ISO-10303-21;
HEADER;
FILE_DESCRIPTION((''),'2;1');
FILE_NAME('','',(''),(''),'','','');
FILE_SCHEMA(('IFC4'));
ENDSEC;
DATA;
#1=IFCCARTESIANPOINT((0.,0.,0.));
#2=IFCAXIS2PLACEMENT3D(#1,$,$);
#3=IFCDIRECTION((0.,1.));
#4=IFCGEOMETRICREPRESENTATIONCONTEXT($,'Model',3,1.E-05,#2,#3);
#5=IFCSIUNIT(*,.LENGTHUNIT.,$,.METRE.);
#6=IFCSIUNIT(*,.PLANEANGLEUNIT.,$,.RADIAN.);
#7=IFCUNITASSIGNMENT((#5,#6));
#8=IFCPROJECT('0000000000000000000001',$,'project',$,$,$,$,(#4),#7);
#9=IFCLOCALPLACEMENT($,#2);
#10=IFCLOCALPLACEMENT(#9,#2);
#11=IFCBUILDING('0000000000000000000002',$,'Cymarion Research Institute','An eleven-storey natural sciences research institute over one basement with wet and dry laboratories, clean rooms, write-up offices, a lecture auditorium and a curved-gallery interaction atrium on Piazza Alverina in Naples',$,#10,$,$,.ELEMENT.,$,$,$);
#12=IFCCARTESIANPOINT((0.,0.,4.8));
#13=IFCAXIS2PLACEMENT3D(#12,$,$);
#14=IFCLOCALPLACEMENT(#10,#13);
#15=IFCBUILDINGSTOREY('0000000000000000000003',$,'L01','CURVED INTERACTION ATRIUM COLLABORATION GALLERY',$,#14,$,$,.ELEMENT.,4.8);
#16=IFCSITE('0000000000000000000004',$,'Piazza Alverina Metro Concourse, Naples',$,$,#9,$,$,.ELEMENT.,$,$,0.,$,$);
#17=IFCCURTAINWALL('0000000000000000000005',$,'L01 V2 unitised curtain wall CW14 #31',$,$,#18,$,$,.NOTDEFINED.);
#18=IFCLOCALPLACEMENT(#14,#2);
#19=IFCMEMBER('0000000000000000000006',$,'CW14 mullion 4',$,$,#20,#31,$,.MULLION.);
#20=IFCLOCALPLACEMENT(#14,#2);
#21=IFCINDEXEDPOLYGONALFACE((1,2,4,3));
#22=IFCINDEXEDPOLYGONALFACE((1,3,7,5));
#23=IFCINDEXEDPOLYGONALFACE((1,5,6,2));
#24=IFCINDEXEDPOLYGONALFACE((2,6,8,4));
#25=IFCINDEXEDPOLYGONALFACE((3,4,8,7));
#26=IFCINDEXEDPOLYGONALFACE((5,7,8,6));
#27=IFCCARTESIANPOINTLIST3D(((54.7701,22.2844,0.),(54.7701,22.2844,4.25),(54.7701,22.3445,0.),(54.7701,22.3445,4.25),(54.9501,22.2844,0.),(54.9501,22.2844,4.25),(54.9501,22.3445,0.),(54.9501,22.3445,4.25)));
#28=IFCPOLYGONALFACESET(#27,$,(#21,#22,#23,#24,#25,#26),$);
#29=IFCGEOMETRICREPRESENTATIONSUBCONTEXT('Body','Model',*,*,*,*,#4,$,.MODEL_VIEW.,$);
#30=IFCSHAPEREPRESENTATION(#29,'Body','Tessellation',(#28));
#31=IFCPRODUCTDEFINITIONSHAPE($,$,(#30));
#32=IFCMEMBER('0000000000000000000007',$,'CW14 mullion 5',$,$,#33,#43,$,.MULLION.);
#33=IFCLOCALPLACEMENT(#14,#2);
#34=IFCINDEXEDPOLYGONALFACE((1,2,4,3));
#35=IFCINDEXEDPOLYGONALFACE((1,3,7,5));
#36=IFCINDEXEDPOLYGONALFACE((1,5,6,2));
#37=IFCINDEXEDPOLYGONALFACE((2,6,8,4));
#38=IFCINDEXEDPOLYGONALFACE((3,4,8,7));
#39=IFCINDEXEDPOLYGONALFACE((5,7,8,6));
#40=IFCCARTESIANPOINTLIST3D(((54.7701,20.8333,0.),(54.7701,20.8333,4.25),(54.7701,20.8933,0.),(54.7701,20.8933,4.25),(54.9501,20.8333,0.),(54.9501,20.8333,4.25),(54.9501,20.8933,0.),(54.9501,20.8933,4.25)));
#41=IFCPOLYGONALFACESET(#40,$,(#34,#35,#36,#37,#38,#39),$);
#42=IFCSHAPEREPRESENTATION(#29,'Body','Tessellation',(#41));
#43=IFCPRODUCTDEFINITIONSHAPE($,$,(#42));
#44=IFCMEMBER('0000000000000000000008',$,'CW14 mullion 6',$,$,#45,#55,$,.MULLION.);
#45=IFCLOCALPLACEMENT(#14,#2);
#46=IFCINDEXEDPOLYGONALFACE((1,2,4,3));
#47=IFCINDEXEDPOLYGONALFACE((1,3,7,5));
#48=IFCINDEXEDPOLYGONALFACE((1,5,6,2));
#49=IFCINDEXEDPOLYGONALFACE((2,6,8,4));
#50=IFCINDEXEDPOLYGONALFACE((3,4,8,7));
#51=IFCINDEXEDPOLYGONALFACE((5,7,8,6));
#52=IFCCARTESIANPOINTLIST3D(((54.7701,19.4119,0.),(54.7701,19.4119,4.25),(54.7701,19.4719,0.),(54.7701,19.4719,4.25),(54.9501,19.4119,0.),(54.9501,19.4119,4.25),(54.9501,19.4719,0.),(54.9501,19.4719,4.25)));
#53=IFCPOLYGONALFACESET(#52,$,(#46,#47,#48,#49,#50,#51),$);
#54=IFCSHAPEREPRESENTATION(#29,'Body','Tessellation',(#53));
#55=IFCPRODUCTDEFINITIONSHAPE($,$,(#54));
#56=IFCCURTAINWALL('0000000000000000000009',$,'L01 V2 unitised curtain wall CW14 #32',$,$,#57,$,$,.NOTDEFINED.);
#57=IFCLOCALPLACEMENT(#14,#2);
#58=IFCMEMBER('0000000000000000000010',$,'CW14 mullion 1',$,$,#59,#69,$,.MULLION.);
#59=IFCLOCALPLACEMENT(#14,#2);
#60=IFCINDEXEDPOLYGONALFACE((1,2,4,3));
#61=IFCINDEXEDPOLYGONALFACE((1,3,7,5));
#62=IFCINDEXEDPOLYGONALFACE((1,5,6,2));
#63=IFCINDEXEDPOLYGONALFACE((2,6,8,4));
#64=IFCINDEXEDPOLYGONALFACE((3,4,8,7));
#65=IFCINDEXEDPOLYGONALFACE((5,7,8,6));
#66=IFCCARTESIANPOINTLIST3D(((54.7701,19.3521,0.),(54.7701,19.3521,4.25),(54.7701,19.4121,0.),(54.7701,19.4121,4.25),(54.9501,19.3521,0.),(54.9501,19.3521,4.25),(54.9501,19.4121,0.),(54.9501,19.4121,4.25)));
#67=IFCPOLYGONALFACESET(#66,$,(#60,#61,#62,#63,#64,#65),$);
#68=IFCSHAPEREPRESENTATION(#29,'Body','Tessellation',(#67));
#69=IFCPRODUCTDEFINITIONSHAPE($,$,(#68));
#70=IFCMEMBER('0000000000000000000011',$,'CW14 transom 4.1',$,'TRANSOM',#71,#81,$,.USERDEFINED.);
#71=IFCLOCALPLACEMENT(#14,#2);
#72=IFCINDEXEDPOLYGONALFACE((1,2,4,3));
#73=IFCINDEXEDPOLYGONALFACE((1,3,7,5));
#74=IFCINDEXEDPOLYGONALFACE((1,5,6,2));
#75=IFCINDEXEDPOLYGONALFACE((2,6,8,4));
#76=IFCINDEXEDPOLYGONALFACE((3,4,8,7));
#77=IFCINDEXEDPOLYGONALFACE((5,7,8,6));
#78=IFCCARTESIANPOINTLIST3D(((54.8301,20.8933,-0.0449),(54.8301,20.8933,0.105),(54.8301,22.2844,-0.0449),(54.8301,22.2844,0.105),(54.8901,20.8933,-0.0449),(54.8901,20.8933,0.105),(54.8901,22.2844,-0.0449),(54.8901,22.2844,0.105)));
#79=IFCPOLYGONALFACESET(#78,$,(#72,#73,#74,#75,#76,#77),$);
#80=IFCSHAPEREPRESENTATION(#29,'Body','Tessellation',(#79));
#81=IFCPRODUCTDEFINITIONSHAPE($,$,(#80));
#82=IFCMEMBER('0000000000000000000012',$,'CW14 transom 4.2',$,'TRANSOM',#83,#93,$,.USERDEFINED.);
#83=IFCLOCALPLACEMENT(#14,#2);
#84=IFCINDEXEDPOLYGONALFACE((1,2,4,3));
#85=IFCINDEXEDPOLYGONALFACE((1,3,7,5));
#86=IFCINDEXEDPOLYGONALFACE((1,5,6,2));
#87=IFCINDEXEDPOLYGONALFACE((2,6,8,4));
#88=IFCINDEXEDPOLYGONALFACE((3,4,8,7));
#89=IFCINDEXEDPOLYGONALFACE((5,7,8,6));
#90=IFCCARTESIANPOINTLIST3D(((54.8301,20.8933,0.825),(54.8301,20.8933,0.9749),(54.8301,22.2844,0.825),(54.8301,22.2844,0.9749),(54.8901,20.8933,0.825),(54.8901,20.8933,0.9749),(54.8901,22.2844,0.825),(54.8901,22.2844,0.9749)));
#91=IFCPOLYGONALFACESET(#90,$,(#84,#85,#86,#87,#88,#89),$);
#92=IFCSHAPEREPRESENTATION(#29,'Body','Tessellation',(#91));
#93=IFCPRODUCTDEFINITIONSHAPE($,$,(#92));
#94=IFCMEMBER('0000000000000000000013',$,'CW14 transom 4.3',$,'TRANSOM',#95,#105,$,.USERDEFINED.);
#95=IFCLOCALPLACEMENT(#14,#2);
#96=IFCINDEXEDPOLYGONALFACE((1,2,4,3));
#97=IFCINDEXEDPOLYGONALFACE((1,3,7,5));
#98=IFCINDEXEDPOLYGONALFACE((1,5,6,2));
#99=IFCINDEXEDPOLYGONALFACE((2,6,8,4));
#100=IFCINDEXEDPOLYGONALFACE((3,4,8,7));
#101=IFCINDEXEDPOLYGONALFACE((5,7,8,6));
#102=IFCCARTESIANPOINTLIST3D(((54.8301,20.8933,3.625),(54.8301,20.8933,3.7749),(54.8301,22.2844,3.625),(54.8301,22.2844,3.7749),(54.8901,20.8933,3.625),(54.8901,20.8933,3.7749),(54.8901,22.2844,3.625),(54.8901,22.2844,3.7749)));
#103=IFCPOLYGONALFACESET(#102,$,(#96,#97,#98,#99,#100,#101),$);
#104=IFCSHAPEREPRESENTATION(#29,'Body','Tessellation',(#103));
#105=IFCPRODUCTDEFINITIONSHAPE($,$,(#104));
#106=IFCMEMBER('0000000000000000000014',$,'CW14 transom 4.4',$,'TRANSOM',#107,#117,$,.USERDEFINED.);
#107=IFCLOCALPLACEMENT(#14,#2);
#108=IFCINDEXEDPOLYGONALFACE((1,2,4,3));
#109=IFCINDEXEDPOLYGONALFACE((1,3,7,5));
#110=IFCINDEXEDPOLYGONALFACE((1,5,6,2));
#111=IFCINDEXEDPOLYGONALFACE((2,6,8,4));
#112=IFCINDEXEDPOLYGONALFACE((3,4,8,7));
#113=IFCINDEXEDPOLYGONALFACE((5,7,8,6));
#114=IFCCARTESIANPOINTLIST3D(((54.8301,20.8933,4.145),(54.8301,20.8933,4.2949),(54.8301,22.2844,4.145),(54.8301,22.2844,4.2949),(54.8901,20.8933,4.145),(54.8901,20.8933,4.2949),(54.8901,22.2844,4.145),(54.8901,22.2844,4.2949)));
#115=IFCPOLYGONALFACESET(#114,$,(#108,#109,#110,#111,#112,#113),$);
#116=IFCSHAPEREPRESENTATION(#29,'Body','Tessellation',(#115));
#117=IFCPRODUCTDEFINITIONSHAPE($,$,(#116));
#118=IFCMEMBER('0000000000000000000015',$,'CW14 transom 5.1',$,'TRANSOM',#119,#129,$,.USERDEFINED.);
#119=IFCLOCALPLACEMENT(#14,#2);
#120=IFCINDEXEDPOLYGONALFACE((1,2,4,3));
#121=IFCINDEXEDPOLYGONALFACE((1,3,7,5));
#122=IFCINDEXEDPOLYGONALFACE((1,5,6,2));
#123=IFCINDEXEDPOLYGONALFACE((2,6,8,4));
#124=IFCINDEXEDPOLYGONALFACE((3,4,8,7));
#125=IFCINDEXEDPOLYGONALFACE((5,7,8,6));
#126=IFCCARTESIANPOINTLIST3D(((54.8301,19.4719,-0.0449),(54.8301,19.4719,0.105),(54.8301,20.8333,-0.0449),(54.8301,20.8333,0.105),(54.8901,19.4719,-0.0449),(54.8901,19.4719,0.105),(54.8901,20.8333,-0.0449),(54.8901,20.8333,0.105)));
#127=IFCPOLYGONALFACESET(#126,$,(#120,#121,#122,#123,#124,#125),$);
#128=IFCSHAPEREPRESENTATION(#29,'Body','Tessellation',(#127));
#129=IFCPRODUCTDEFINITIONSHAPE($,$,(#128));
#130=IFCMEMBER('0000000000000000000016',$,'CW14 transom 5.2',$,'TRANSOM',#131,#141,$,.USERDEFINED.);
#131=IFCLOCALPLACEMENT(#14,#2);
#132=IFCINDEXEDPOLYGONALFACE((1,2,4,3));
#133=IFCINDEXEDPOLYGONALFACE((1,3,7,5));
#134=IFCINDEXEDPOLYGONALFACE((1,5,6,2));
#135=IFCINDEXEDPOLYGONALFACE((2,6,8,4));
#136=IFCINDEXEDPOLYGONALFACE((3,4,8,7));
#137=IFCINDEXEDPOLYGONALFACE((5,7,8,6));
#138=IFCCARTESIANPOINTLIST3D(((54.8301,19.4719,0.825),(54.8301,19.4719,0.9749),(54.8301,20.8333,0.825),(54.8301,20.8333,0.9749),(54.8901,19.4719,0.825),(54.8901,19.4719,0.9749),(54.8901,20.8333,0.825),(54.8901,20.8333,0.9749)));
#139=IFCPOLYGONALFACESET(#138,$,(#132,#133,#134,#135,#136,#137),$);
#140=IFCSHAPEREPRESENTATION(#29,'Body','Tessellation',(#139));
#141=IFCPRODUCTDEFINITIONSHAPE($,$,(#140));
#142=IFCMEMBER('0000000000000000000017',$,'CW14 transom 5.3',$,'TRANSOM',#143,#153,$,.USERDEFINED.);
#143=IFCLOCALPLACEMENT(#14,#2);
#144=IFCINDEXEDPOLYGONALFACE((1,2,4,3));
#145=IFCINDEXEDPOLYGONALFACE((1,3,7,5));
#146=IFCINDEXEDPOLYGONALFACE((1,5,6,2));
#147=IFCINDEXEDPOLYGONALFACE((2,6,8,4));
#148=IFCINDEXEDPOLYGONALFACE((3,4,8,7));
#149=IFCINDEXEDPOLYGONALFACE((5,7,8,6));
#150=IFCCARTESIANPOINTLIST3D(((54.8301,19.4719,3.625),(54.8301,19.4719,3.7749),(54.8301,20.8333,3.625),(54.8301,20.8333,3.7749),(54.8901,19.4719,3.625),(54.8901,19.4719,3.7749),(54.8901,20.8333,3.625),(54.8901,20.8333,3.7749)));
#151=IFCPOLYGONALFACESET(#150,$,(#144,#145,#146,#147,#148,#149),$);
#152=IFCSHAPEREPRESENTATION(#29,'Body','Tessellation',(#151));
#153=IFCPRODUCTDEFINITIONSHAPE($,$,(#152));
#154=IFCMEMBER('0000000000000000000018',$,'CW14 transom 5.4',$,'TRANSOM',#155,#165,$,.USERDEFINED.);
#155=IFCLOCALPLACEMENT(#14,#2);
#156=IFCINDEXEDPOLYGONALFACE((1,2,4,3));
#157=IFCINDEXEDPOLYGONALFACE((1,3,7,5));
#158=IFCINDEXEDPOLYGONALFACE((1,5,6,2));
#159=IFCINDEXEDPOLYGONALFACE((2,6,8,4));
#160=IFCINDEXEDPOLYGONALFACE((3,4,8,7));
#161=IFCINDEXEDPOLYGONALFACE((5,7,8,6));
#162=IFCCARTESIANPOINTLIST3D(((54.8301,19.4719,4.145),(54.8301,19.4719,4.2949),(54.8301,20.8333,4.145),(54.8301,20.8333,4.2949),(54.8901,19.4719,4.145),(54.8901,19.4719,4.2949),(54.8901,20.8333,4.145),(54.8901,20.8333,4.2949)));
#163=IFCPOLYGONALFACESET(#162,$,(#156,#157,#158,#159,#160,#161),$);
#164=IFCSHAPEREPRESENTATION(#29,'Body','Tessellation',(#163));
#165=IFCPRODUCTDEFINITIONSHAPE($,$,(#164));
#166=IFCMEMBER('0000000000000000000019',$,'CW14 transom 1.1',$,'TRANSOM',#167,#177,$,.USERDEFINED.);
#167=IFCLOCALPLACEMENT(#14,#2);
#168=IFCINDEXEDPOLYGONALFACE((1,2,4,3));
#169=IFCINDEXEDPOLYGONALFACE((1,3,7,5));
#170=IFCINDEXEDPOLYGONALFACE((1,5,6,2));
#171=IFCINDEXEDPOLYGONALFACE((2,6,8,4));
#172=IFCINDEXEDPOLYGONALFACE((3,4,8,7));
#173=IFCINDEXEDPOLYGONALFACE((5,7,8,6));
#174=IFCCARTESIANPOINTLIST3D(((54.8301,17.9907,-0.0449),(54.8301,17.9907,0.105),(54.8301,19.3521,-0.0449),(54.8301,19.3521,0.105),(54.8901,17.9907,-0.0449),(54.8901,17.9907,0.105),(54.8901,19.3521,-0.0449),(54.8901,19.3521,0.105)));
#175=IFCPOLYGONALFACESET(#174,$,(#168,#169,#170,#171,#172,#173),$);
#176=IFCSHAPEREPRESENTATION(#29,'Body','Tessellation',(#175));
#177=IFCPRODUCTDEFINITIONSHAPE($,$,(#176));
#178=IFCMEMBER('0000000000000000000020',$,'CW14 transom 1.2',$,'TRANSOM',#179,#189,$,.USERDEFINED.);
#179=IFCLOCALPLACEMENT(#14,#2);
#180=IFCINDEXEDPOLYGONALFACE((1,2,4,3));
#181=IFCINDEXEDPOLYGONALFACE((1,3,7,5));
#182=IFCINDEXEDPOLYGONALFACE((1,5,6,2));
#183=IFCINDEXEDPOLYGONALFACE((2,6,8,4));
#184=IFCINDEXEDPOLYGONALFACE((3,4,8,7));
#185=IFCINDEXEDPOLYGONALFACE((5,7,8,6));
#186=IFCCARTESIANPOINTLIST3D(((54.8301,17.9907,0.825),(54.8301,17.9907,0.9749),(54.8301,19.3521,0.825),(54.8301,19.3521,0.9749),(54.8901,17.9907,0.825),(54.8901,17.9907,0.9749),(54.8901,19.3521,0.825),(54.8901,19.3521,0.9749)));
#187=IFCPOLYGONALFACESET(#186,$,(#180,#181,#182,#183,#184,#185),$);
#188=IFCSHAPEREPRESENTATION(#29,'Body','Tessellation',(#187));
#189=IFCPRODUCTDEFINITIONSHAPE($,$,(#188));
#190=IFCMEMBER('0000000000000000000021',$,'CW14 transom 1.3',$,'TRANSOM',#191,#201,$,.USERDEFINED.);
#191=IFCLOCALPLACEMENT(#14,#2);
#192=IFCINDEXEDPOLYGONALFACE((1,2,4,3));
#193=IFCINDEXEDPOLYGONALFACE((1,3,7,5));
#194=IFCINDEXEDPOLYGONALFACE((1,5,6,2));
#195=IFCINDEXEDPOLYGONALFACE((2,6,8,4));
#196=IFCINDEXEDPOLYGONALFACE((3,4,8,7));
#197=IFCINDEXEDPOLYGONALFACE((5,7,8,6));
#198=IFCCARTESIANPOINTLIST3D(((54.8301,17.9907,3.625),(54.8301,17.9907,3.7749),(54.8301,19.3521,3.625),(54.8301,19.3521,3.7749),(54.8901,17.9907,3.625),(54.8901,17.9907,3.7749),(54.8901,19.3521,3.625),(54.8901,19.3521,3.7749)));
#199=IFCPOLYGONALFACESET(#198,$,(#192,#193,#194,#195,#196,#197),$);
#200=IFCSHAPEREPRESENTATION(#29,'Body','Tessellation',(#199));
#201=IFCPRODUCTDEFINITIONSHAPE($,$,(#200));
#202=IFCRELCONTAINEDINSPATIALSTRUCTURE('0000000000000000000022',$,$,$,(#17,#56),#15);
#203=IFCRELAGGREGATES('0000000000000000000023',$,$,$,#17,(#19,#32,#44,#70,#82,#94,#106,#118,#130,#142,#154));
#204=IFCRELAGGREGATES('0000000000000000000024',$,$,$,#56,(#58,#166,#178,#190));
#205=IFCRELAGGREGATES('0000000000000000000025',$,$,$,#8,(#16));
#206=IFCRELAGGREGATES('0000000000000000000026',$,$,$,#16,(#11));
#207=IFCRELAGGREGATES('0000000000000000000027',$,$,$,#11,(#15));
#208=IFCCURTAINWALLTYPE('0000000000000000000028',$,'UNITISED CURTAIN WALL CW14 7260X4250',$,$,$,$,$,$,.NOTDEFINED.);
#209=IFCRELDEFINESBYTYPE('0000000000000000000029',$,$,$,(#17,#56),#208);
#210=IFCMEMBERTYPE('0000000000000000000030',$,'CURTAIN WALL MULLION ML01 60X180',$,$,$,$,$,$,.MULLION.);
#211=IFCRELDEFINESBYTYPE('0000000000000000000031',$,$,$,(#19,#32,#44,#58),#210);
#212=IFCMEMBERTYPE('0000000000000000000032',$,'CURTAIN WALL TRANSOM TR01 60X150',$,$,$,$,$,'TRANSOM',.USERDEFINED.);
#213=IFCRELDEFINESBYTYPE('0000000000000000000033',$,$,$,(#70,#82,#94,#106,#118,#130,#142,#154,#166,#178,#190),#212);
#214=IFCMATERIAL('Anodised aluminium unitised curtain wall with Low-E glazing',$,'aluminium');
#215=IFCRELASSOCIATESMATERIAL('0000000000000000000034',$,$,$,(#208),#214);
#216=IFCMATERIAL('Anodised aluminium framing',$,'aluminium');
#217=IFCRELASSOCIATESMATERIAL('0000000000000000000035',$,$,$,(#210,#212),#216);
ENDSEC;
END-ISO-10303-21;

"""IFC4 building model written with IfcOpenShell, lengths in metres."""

from ifc_helpers import new_model, si_unit, direction, frame, origin, origin_2d, place, context, subcontext, project, spatial, rectangle, extrude, material, material_profile, profile_set, type_object, element, aggregate, save


model = new_model("IFC4")

# Units and contexts
model_context = context("Model", 3, precision=1e-05, world=origin(), true_north=direction((0.0, 1.0)))
body_context = subcontext(model_context, "Body", "Model", "MODEL_VIEW")
ifc_project = project(units=[si_unit("LENGTHUNIT", "METRE"), si_unit("PLANEANGLEUNIT", "RADIAN")], contexts=[model_context])

# Site, building, storey
site_placement = place(None, origin())
site = spatial("IfcSite", under=ifc_project, at=site_placement, Name="Piazza Alverina Metro Concourse, Naples", CompositionType="ELEMENT", RefElevation=0.0)
building_placement = place(site_placement, origin())
building = spatial("IfcBuilding", under=site, at=building_placement, Name="Cymarion Research Institute", Description="An eleven-storey natural sciences research institute over one basement with wet and dry laboratories, clean rooms, write-up offices, a lecture auditorium and a curved-gallery interaction atrium on Piazza Alverina in Naples", CompositionType="ELEMENT")
storey_placement = place(building_placement, frame((0.0, 0.0, 4.8)))
storey = spatial("IfcBuildingStorey", under=building, at=storey_placement, Name="L01", Description="CURVED INTERACTION ATRIUM COLLABORATION GALLERY", CompositionType="ELEMENT", Elevation=4.8)

# Curtain wall, members
ifc_material_1 = material(Name="Anodised aluminium unitised curtain wall with Low-E glazing", Category="aluminium")
curtain_wall_type = type_object("IfcCurtainWallType", Name="UNITISED CURTAIN WALL CW14 7260X4250", PredefinedType="NOTDEFINED", material=ifc_material_1)
curtain_wall_1_placement = place(storey_placement, origin())
curtain_wall_1 = element("IfcCurtainWall", 1, at=curtain_wall_1_placement, inside=storey, type_object=curtain_wall_type, Name="L01 V2 unitised curtain wall CW14 #31", PredefinedType="NOTDEFINED")
ifc_material_2 = material(Name="Anodised aluminium framing", Category="aluminium")
ifc_material_profile_1 = material_profile(ifc_material_2, rectangle(XDim=0.0601, YDim=0.1799, at=origin_2d()), Name="ALU MULLION 60x180")
ifc_profile_set_1 = profile_set([ifc_material_profile_1], Name="Anodised aluminium framing")
member_type_1 = type_object("IfcMemberType", Name="CURTAIN WALL MULLION ML01 60X180", PredefinedType="MULLION", material=ifc_profile_set_1)
member_1_placement = place(storey_placement, frame((54.8601, 22.3145, 0.0), z_axis=(0.0, 0.0, 1.0), x_axis=(0.0, -1.0, 0.0)))
member_1 = element("IfcMember", 2, at=member_1_placement, type_object=member_type_1, Name="CW14 mullion 4", PredefinedType="MULLION", context=body_context, shape_type="SweptSolid", body=[
    extrude(rectangle(XDim=0.0601, YDim=0.1799, at=origin_2d()), origin(), (0.0, 0.0, 1.0), 4.25),
])
member_2_placement = place(storey_placement, frame((54.8601, 20.8633, 0.0), z_axis=(0.0, 0.0, 1.0), x_axis=(0.0, -1.0, 0.0)))
member_2 = element("IfcMember", 3, at=member_2_placement, type_object=member_type_1, Name="CW14 mullion 5", PredefinedType="MULLION", context=body_context, shape_type="SweptSolid", body=[
    extrude(rectangle(XDim=0.0601, YDim=0.1799, at=origin_2d()), origin(), (0.0, 0.0, 1.0), 4.25),
])
member_3_placement = place(storey_placement, frame((54.8601, 19.4419, 0.0), z_axis=(0.0, 0.0, 1.0), x_axis=(0.0, -1.0, 0.0)))
member_3 = element("IfcMember", 4, at=member_3_placement, type_object=member_type_1, Name="CW14 mullion 6", PredefinedType="MULLION", context=body_context, shape_type="SweptSolid", body=[
    extrude(rectangle(XDim=0.0601, YDim=0.1799, at=origin_2d()), origin(), (0.0, 0.0, 1.0), 4.25),
])

# Curtain wall, member
curtain_wall_2_placement = place(storey_placement, origin())
curtain_wall_2 = element("IfcCurtainWall", 5, at=curtain_wall_2_placement, inside=storey, type_object=curtain_wall_type, Name="L01 V2 unitised curtain wall CW14 #32", PredefinedType="NOTDEFINED")
member_4_placement = place(storey_placement, frame((54.8601, 19.3821, 0.0), z_axis=(0.0, 0.0, 1.0), x_axis=(0.0, -1.0, 0.0)))
member_4 = element("IfcMember", 6, at=member_4_placement, type_object=member_type_1, Name="CW14 mullion 1", PredefinedType="MULLION", context=body_context, shape_type="SweptSolid", body=[
    extrude(rectangle(XDim=0.0601, YDim=0.1799, at=origin_2d()), origin(), (0.0, 0.0, 1.0), 4.25),
])

# Members
ifc_material_profile_2 = material_profile(ifc_material_2, rectangle(XDim=0.0601, YDim=0.1499, at=origin_2d()), Name="ALU TRANSOM 60x150")
ifc_profile_set_2 = profile_set([ifc_material_profile_2], Name="Anodised aluminium framing")
member_type_2 = type_object("IfcMemberType", Name="CURTAIN WALL TRANSOM TR01 60X150", ElementType="TRANSOM", PredefinedType="USERDEFINED", material=ifc_profile_set_2)
member_5_placement = place(storey_placement, frame((54.8601, 22.2844, 0.03), z_axis=(0.0, -1.0, 0.0), x_axis=(1.0, 0.0, 0.0)))
member_5 = element("IfcMember", 7, at=member_5_placement, type_object=member_type_2, Name="CW14 transom 4.1", ObjectType="TRANSOM", PredefinedType="USERDEFINED", context=body_context, shape_type="SweptSolid", body=[
    extrude(rectangle(XDim=0.0601, YDim=0.1499, at=origin_2d()), origin(), (0.0, 0.0, 1.0), 1.3911),
])
member_6_placement = place(storey_placement, frame((54.8601, 22.2844, 0.8999), z_axis=(0.0, -1.0, 0.0), x_axis=(1.0, 0.0, 0.0)))
member_6 = element("IfcMember", 8, at=member_6_placement, type_object=member_type_2, Name="CW14 transom 4.2", ObjectType="TRANSOM", PredefinedType="USERDEFINED", context=body_context, shape_type="SweptSolid", body=[
    extrude(rectangle(XDim=0.0601, YDim=0.1499, at=origin_2d()), origin(), (0.0, 0.0, 1.0), 1.3911),
])
member_7_placement = place(storey_placement, frame((54.8601, 22.2844, 3.7), z_axis=(0.0, -1.0, 0.0), x_axis=(1.0, 0.0, 0.0)))
member_7 = element("IfcMember", 9, at=member_7_placement, type_object=member_type_2, Name="CW14 transom 4.3", ObjectType="TRANSOM", PredefinedType="USERDEFINED", context=body_context, shape_type="SweptSolid", body=[
    extrude(rectangle(XDim=0.0601, YDim=0.1499, at=origin_2d()), origin(), (0.0, 0.0, 1.0), 1.3911),
])
member_8_placement = place(storey_placement, frame((54.8601, 22.2844, 4.22), z_axis=(0.0, -1.0, 0.0), x_axis=(1.0, 0.0, 0.0)))
member_8 = element("IfcMember", 10, at=member_8_placement, type_object=member_type_2, Name="CW14 transom 4.4", ObjectType="TRANSOM", PredefinedType="USERDEFINED", context=body_context, shape_type="SweptSolid", body=[
    extrude(rectangle(XDim=0.0601, YDim=0.1499, at=origin_2d()), origin(), (0.0, 0.0, 1.0), 1.3911),
])
member_9_placement = place(storey_placement, frame((54.8601, 20.8333, 0.03), z_axis=(0.0, -1.0, 0.0), x_axis=(1.0, 0.0, 0.0)))
member_9 = element("IfcMember", 11, at=member_9_placement, type_object=member_type_2, Name="CW14 transom 5.1", ObjectType="TRANSOM", PredefinedType="USERDEFINED", context=body_context, shape_type="SweptSolid", body=[
    extrude(rectangle(XDim=0.0601, YDim=0.1499, at=origin_2d()), origin(), (0.0, 0.0, 1.0), 1.3613),
])
member_10_placement = place(storey_placement, frame((54.8601, 20.8333, 0.8999), z_axis=(0.0, -1.0, 0.0), x_axis=(1.0, 0.0, 0.0)))
member_10 = element("IfcMember", 12, at=member_10_placement, type_object=member_type_2, Name="CW14 transom 5.2", ObjectType="TRANSOM", PredefinedType="USERDEFINED", context=body_context, shape_type="SweptSolid", body=[
    extrude(rectangle(XDim=0.0601, YDim=0.1499, at=origin_2d()), origin(), (0.0, 0.0, 1.0), 1.3613),
])
member_11_placement = place(storey_placement, frame((54.8601, 20.8333, 3.7), z_axis=(0.0, -1.0, 0.0), x_axis=(1.0, 0.0, 0.0)))
member_11 = element("IfcMember", 13, at=member_11_placement, type_object=member_type_2, Name="CW14 transom 5.3", ObjectType="TRANSOM", PredefinedType="USERDEFINED", context=body_context, shape_type="SweptSolid", body=[
    extrude(rectangle(XDim=0.0601, YDim=0.1499, at=origin_2d()), origin(), (0.0, 0.0, 1.0), 1.3613),
])
member_12_placement = place(storey_placement, frame((54.8601, 20.8333, 4.22), z_axis=(0.0, -1.0, 0.0), x_axis=(1.0, 0.0, 0.0)))
member_12 = element("IfcMember", 14, at=member_12_placement, type_object=member_type_2, Name="CW14 transom 5.4", ObjectType="TRANSOM", PredefinedType="USERDEFINED", context=body_context, shape_type="SweptSolid", body=[
    extrude(rectangle(XDim=0.0601, YDim=0.1499, at=origin_2d()), origin(), (0.0, 0.0, 1.0), 1.3613),
])
member_13_placement = place(storey_placement, frame((54.8601, 19.3521, 0.03), z_axis=(0.0, -1.0, 0.0), x_axis=(1.0, 0.0, 0.0)))
member_13 = element("IfcMember", 15, at=member_13_placement, type_object=member_type_2, Name="CW14 transom 1.1", ObjectType="TRANSOM", PredefinedType="USERDEFINED", context=body_context, shape_type="SweptSolid", body=[
    extrude(rectangle(XDim=0.0601, YDim=0.1499, at=origin_2d()), origin(), (0.0, 0.0, 1.0), 1.3613),
])
member_14_placement = place(storey_placement, frame((54.8601, 19.3521, 0.8999), z_axis=(0.0, -1.0, 0.0), x_axis=(1.0, 0.0, 0.0)))
member_14 = element("IfcMember", 16, at=member_14_placement, type_object=member_type_2, Name="CW14 transom 1.2", ObjectType="TRANSOM", PredefinedType="USERDEFINED", context=body_context, shape_type="SweptSolid", body=[
    extrude(rectangle(XDim=0.0601, YDim=0.1499, at=origin_2d()), origin(), (0.0, 0.0, 1.0), 1.3613),
])
member_15_placement = place(storey_placement, frame((54.8601, 19.3521, 3.7), z_axis=(0.0, -1.0, 0.0), x_axis=(1.0, 0.0, 0.0)))
member_15 = element("IfcMember", 17, at=member_15_placement, type_object=member_type_2, Name="CW14 transom 1.3", ObjectType="TRANSOM", PredefinedType="USERDEFINED", context=body_context, shape_type="SweptSolid", body=[
    extrude(rectangle(XDim=0.0601, YDim=0.1499, at=origin_2d()), origin(), (0.0, 0.0, 1.0), 1.3613),
])

aggregate(curtain_wall_1, [member_1, member_2, member_3, member_5, member_6, member_7, member_8, member_9, member_10, member_11, member_12])
aggregate(curtain_wall_2, [member_4, member_13, member_14, member_15])

save(model, "model.ifc")
